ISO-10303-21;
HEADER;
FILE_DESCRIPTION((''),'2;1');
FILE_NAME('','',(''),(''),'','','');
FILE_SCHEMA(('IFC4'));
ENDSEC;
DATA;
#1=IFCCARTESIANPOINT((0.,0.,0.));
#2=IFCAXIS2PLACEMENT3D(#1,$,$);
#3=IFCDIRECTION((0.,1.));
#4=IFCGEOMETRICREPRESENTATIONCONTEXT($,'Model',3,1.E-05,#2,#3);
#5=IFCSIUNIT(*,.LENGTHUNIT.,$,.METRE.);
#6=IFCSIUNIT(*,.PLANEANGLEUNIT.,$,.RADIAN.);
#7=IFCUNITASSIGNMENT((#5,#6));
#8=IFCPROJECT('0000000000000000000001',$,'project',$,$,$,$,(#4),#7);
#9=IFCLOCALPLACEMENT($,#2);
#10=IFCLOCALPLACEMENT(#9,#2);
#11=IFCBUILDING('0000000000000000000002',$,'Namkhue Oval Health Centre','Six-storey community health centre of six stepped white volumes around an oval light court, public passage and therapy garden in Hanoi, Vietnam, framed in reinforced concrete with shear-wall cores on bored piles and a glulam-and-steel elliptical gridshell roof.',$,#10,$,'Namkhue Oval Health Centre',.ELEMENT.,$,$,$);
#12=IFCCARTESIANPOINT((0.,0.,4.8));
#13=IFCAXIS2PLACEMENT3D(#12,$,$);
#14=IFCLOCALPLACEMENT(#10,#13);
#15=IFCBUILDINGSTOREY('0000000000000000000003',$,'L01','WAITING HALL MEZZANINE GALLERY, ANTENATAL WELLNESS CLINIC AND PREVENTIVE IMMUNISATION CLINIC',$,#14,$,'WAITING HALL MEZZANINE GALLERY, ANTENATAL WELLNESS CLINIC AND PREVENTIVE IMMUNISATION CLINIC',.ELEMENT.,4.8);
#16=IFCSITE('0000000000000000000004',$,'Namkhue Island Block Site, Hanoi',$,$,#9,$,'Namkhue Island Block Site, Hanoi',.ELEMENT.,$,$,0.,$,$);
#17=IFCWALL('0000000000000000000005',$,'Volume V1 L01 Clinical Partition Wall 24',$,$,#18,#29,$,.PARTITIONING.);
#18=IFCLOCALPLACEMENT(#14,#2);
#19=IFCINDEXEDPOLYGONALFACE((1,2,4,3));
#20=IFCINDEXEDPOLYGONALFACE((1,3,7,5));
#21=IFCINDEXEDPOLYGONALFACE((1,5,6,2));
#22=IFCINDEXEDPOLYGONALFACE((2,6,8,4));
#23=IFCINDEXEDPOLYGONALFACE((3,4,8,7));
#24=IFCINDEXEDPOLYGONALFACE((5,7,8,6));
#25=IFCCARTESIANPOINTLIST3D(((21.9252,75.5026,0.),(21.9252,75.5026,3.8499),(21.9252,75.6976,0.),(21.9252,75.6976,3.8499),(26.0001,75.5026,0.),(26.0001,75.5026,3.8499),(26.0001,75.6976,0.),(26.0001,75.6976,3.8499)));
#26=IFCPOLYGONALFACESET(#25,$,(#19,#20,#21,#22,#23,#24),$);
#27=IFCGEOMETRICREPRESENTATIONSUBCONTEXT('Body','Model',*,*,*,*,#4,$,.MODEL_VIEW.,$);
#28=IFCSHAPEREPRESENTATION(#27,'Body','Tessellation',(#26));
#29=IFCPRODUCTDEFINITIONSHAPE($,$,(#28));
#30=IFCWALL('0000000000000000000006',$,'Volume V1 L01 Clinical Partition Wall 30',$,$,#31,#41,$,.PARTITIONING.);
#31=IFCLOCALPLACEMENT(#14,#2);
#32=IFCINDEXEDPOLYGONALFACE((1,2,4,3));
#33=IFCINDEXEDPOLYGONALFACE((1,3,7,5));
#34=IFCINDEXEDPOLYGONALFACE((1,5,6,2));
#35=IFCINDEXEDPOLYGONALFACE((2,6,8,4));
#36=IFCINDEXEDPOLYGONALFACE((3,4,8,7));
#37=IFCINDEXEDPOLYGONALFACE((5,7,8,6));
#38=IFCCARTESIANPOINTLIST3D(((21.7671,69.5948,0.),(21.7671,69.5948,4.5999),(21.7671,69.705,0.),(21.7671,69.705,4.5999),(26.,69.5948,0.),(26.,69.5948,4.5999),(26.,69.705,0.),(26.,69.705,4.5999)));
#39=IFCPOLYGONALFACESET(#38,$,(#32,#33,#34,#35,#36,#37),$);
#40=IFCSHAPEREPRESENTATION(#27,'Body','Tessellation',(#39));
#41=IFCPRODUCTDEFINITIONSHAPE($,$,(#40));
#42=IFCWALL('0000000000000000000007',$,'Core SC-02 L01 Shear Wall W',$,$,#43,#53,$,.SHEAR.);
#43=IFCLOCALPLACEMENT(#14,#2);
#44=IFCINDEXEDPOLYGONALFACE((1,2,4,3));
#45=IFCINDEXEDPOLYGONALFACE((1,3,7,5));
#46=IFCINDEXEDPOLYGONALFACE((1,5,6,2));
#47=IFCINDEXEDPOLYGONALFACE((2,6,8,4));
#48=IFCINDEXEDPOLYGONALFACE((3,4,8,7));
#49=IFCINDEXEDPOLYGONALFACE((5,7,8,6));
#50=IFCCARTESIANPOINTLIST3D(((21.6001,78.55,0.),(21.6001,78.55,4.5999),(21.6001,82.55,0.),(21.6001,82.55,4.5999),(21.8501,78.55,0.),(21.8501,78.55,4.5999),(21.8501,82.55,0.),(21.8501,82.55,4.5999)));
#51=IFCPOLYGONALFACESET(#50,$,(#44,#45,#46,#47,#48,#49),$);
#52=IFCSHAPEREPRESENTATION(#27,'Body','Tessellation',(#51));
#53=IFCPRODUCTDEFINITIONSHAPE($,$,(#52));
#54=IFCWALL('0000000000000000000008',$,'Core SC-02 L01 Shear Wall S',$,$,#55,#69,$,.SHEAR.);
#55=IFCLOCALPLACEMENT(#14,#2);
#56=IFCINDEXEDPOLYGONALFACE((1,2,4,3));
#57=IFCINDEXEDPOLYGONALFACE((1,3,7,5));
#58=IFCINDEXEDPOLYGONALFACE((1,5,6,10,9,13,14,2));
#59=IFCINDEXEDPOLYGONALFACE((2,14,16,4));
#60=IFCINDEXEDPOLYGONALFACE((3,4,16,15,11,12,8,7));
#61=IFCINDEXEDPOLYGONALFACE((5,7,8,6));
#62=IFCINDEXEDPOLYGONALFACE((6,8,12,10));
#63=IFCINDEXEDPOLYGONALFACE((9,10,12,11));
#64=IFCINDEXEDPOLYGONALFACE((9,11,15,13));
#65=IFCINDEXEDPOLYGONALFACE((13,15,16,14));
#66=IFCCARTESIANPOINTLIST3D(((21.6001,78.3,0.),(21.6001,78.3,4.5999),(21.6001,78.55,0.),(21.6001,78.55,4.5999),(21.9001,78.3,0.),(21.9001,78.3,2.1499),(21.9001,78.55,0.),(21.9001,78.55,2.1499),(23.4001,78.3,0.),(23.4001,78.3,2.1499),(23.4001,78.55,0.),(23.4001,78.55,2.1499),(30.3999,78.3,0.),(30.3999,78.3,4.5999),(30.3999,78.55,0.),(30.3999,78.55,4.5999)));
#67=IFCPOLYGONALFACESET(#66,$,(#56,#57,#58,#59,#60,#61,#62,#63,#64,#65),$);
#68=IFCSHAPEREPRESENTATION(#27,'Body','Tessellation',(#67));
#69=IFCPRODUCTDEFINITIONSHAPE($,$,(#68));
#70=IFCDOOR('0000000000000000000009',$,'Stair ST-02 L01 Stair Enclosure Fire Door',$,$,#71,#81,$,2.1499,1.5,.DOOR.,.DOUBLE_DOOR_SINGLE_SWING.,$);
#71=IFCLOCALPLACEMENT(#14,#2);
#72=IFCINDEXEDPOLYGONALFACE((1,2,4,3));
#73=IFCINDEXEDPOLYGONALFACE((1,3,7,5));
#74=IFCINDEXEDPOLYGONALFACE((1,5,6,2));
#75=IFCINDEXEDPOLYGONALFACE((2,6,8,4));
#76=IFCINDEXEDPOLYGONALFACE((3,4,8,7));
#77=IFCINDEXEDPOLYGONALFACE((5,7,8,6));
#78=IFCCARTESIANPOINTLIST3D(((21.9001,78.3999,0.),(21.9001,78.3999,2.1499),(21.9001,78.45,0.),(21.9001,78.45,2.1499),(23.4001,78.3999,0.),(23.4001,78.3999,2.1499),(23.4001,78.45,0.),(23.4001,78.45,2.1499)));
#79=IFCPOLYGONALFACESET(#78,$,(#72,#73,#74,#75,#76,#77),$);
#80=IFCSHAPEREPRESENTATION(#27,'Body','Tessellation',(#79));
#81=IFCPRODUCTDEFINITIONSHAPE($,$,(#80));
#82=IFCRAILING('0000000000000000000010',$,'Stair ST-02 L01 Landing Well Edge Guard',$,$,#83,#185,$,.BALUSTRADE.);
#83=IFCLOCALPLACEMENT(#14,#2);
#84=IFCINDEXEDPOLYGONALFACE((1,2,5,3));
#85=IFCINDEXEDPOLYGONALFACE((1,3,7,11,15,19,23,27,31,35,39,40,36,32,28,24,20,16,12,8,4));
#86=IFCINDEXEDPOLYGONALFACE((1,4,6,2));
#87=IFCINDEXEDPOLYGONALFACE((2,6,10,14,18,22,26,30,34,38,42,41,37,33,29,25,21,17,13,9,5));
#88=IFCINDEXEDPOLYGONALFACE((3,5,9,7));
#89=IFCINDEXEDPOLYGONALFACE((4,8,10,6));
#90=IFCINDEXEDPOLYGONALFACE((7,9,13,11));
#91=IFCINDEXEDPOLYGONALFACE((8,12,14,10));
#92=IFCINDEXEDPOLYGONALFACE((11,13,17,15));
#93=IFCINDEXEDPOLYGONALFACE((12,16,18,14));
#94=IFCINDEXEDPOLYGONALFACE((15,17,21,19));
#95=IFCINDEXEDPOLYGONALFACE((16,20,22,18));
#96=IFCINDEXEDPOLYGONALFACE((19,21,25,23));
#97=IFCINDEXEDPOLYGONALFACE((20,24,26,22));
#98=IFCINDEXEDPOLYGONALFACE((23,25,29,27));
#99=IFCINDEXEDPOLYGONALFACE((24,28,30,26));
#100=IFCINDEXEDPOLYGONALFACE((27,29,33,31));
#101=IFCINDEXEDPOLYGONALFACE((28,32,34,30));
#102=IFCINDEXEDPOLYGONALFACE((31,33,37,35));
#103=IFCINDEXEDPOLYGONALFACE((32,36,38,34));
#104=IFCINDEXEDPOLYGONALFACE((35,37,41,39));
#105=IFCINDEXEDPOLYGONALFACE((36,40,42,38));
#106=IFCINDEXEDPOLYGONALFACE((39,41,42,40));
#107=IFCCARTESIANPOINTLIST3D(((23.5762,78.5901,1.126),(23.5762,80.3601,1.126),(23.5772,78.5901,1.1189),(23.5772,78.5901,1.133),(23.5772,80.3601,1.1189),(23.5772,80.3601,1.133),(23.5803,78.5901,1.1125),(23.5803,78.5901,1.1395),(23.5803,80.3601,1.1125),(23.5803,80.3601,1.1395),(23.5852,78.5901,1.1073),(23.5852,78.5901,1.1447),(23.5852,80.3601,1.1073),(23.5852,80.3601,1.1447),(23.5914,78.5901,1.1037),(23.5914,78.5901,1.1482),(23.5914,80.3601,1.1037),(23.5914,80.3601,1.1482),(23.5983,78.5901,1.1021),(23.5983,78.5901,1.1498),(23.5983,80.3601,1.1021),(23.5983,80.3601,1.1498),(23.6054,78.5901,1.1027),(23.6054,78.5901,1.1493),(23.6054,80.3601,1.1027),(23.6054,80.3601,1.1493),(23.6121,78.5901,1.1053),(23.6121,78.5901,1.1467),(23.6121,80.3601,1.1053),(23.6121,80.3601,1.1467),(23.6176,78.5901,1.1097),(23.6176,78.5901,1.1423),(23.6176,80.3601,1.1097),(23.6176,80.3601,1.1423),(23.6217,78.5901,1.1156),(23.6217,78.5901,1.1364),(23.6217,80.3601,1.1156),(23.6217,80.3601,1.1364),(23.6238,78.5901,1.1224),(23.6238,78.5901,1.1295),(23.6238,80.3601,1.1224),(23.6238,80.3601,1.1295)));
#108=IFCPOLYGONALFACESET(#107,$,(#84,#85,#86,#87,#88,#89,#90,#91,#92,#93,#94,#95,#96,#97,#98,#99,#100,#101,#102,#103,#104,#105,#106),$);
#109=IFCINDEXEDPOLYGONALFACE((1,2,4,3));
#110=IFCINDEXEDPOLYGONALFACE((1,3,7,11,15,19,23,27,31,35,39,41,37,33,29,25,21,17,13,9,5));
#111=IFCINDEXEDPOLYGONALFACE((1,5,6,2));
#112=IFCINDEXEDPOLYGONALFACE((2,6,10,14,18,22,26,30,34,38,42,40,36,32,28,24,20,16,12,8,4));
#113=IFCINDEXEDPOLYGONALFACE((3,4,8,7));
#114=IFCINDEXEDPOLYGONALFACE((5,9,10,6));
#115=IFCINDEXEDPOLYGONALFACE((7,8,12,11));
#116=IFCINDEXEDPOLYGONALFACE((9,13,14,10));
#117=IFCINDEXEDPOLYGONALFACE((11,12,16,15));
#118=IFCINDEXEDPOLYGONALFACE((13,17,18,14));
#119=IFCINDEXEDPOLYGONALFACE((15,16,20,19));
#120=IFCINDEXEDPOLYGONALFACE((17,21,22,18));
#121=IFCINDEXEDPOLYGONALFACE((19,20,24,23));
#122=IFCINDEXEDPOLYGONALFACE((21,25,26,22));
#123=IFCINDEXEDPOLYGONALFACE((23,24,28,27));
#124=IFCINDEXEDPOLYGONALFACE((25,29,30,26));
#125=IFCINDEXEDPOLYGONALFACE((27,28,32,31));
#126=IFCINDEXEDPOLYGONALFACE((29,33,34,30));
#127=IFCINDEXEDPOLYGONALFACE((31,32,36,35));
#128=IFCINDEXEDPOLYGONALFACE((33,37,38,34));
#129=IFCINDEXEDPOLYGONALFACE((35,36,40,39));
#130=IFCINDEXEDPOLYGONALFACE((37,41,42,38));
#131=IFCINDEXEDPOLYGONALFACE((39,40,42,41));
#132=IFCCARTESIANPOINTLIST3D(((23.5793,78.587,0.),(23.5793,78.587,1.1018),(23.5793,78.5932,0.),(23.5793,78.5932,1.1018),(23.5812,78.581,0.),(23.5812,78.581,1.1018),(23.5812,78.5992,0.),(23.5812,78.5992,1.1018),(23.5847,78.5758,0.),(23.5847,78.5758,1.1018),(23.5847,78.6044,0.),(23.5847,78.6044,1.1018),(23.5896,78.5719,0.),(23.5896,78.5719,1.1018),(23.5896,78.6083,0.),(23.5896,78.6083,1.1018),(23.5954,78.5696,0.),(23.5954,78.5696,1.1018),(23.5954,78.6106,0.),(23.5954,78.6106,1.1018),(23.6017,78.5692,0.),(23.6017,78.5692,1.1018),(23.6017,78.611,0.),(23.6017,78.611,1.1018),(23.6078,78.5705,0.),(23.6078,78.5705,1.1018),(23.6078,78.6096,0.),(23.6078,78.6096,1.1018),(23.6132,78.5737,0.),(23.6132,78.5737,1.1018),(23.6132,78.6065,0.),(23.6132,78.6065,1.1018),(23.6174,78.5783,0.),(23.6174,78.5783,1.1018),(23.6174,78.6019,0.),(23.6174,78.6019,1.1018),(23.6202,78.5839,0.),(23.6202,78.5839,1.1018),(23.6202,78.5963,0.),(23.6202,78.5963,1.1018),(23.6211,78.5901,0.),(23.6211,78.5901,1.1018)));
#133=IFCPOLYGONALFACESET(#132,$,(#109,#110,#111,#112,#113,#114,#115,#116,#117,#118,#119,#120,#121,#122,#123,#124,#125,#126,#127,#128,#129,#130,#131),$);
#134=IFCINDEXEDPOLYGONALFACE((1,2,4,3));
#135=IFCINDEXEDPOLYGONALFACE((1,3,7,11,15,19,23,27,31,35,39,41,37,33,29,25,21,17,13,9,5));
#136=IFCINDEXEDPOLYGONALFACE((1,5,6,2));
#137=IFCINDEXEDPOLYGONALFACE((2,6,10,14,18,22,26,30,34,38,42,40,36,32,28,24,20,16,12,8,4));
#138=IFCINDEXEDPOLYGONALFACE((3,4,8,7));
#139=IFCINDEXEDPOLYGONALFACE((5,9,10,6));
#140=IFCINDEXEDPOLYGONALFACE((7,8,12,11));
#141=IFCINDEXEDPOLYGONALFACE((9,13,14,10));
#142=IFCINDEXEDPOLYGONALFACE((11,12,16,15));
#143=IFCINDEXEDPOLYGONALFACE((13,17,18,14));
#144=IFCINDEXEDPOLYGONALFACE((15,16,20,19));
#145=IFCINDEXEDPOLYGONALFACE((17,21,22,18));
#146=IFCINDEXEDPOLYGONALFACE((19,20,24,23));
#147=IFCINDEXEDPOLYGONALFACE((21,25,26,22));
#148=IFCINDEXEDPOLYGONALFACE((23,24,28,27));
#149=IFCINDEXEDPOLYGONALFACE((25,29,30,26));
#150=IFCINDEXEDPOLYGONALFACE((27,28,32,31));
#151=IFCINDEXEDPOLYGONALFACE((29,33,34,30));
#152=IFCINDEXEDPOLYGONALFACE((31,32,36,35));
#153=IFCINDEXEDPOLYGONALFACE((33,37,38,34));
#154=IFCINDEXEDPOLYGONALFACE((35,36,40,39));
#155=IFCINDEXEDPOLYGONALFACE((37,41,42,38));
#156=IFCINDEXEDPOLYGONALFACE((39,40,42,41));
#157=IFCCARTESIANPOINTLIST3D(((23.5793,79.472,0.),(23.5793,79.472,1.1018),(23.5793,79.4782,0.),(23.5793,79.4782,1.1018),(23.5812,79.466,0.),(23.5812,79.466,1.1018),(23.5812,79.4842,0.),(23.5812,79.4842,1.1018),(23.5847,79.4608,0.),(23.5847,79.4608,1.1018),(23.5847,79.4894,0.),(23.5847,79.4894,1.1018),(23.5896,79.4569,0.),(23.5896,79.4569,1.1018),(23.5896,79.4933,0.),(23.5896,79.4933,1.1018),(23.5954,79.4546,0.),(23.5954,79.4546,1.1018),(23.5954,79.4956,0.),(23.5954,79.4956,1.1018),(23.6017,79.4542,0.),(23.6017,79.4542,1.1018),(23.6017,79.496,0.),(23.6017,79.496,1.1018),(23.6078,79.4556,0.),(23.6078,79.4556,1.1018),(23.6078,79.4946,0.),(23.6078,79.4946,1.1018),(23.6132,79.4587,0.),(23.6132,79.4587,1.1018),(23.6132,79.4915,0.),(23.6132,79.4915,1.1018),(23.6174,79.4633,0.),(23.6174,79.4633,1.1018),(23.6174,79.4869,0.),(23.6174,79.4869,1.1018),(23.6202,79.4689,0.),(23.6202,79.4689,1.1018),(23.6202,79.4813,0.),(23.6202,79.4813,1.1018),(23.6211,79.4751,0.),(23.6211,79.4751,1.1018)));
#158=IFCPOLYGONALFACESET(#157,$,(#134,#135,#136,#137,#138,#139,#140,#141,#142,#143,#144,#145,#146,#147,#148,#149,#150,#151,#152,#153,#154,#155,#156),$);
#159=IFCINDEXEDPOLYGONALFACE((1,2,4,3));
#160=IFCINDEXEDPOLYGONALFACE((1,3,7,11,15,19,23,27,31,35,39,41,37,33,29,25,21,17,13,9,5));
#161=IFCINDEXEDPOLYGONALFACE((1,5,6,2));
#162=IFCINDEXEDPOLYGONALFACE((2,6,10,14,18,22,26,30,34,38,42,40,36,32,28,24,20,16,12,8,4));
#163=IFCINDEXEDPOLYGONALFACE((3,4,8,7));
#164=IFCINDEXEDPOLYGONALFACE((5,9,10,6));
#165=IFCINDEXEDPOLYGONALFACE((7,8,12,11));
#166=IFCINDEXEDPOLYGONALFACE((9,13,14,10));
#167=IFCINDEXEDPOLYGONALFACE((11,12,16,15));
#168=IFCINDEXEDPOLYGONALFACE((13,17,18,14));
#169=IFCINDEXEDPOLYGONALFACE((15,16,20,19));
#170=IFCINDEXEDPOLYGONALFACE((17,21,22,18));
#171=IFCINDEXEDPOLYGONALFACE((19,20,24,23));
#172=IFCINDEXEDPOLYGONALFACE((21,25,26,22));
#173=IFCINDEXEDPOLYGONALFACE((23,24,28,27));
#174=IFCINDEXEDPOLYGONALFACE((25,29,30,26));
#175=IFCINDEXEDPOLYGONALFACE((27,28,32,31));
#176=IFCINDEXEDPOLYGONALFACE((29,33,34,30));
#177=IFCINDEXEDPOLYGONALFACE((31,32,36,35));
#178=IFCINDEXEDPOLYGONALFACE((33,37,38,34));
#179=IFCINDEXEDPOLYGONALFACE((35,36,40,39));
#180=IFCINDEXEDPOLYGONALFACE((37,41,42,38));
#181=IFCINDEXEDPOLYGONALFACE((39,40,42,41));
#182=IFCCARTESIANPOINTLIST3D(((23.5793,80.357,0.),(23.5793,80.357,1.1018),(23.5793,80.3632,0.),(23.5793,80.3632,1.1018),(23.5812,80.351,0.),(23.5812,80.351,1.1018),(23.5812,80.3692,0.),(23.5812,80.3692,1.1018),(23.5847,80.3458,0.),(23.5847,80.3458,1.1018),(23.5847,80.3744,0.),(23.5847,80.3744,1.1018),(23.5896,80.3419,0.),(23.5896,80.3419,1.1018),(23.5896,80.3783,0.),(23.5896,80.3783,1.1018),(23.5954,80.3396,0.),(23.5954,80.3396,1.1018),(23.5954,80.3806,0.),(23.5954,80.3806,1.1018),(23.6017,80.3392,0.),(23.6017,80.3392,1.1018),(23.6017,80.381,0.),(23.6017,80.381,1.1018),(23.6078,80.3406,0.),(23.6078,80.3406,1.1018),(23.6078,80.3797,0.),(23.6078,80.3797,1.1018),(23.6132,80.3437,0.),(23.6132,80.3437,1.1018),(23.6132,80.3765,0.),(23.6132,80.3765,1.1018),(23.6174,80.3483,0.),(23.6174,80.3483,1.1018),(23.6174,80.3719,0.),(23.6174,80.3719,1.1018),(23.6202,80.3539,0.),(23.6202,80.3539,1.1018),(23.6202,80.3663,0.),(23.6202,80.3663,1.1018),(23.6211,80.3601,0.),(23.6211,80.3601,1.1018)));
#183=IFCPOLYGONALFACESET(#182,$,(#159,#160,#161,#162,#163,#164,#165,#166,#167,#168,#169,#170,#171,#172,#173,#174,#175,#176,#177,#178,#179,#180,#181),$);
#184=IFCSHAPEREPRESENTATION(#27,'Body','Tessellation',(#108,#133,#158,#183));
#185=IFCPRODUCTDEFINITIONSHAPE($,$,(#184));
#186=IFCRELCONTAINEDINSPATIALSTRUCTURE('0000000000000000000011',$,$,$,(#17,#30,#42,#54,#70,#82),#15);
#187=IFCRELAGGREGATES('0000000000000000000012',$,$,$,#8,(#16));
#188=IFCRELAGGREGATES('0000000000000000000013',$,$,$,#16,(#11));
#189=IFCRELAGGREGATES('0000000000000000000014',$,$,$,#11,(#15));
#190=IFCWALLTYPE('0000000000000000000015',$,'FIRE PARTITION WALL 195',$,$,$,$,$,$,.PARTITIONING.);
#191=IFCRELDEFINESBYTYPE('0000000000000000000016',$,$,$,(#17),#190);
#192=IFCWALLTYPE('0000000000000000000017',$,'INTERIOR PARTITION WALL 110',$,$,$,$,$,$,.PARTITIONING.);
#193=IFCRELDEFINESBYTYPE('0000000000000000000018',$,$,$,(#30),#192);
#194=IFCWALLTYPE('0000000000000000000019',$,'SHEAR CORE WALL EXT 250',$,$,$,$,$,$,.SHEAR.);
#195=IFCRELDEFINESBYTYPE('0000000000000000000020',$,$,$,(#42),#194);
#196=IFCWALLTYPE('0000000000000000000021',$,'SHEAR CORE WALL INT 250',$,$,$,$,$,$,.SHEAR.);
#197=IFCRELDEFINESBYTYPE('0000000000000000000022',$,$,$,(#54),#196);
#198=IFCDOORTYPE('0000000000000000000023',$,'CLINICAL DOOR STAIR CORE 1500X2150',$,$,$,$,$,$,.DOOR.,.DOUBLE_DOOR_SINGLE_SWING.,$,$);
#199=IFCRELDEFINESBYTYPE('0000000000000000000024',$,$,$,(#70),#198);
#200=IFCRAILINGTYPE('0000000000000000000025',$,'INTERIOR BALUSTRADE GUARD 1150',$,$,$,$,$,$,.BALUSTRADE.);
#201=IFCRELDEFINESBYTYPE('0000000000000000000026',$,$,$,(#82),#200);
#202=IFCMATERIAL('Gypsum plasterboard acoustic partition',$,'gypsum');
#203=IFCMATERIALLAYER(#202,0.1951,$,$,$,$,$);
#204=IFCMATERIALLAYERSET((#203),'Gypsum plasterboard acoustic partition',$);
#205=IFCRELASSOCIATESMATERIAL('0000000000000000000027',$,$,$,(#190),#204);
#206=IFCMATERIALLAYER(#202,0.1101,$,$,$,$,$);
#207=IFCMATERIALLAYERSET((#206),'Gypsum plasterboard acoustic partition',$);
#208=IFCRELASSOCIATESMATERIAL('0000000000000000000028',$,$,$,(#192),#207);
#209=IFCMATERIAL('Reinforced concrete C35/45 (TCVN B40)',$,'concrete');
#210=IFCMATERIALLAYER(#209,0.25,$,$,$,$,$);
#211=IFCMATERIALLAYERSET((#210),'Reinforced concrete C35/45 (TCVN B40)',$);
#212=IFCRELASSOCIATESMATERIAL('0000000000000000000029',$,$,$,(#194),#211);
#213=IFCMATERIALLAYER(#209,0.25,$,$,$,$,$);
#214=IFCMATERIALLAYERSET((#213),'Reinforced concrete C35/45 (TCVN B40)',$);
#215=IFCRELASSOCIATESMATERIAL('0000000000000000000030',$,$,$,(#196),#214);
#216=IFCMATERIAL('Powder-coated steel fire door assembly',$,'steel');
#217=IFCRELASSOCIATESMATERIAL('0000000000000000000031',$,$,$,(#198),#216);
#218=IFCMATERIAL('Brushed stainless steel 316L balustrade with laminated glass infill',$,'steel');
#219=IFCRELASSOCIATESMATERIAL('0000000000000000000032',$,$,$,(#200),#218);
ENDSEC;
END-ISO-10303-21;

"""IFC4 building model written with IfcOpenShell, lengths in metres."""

from ifc_helpers import new_model, si_unit, direction, frame, frame_2d, origin, origin_2d, place, context, subcontext, project, spatial, rectangle, circle, extrude, material, layer, layer_set, type_object, element, fill, save


model = new_model("IFC4")

# Units and contexts
model_context = context("Model", 3, precision=1e-05, world=origin(), true_north=direction((0.0, 1.0)))
body_context = subcontext(model_context, "Body", "Model", "MODEL_VIEW")
ifc_project = project(units=[si_unit("LENGTHUNIT", "METRE"), si_unit("PLANEANGLEUNIT", "RADIAN")], contexts=[model_context])

# Site, building, storey
site_placement = place(None, origin())
site = spatial("IfcSite", under=ifc_project, at=site_placement, Name="Namkhue Island Block Site, Hanoi", LongName="Namkhue Island Block Site, Hanoi", CompositionType="ELEMENT", RefElevation=0.0)
building_placement = place(site_placement, origin())
building = spatial("IfcBuilding", under=site, at=building_placement, Name="Namkhue Oval Health Centre", Description="Six-storey community health centre of six stepped white volumes around an oval light court, public passage and therapy garden in Hanoi, Vietnam, framed in reinforced concrete with shear-wall cores on bored piles and a glulam-and-steel elliptical gridshell roof.", LongName="Namkhue Oval Health Centre", CompositionType="ELEMENT")
storey_placement = place(building_placement, frame((0.0, 0.0, 4.8)))
storey = spatial("IfcBuildingStorey", under=building, at=storey_placement, Name="L01", Description="WAITING HALL MEZZANINE GALLERY, ANTENATAL WELLNESS CLINIC AND PREVENTIVE IMMUNISATION CLINIC", LongName="WAITING HALL MEZZANINE GALLERY, ANTENATAL WELLNESS CLINIC AND PREVENTIVE IMMUNISATION CLINIC", CompositionType="ELEMENT", Elevation=4.8)

# Shared definitions
ifc_material_1 = material(Name="Reinforced concrete C35/45 (TCVN B40)", Category="concrete")

# Walls
ifc_material_2 = material(Name="Gypsum plasterboard acoustic partition", Category="gypsum")
ifc_layer_1 = layer(ifc_material_2, 0.1951)
ifc_layer_set_1 = layer_set([ifc_layer_1], Name="Gypsum plasterboard acoustic partition")
wall_type_1 = type_object("IfcWallType", Name="FIRE PARTITION WALL 195", PredefinedType="PARTITIONING", material=ifc_layer_set_1)
wall_1_placement = place(storey_placement, frame((21.925, 75.6001, 0.0), z_axis=(0.0, 0.0, 1.0), x_axis=(1.0, 0.0, 0.0)))
element("IfcWall", 1, at=wall_1_placement, inside=storey, type_object=wall_type_1, Name="Volume V1 L01 Clinical Partition Wall 24", PredefinedType="PARTITIONING", context=body_context, shape_type="SweptSolid", body=[
    extrude(rectangle(XDim=4.075, YDim=0.1951, at=frame_2d((2.0376, 0.0))), origin(), (0.0, 0.0, 1.0), 3.8499),
])
ifc_layer_2 = layer(ifc_material_2, 0.1101)
ifc_layer_set_2 = layer_set([ifc_layer_2], Name="Gypsum plasterboard acoustic partition")
wall_type_2 = type_object("IfcWallType", Name="INTERIOR PARTITION WALL 110", PredefinedType="PARTITIONING", material=ifc_layer_set_2)
wall_2_placement = place(storey_placement, frame((21.7671, 69.6499, 0.0), z_axis=(0.0, 0.0, 1.0), x_axis=(1.0, 0.0, 0.0)))
element("IfcWall", 2, at=wall_2_placement, inside=storey, type_object=wall_type_2, Name="Volume V1 L01 Clinical Partition Wall 30", PredefinedType="PARTITIONING", context=body_context, shape_type="SweptSolid", body=[
    extrude(rectangle(XDim=4.2329, YDim=0.1101, at=frame_2d((2.1165, 0.0))), origin(), (0.0, 0.0, 1.0), 4.5999),
])
ifc_layer_3 = layer(ifc_material_1, 0.25)
ifc_layer_set_3 = layer_set([ifc_layer_3], Name="Reinforced concrete C35/45 (TCVN B40)")
wall_type_3 = type_object("IfcWallType", Name="SHEAR CORE WALL EXT 250", PredefinedType="SHEAR", material=ifc_layer_set_3)
wall_3_placement = place(storey_placement, frame((21.7251, 82.55, 0.0), z_axis=(0.0, 0.0, 1.0), x_axis=(0.0, -1.0, 0.0)))
element("IfcWall", 3, at=wall_3_placement, inside=storey, type_object=wall_type_3, Name="Core SC-02 L01 Shear Wall W", PredefinedType="SHEAR", context=body_context, shape_type="SweptSolid", body=[
    extrude(rectangle(XDim=4.0, YDim=0.25, at=frame_2d((2.0, 0.0))), origin(), (0.0, 0.0, 1.0), 4.5999),
])

# Wall, opening, door
ifc_layer_4 = layer(ifc_material_1, 0.25)
ifc_layer_set_4 = layer_set([ifc_layer_4], Name="Reinforced concrete C35/45 (TCVN B40)")
wall_type_4 = type_object("IfcWallType", Name="SHEAR CORE WALL INT 250", PredefinedType="SHEAR", material=ifc_layer_set_4)
wall_4_placement = place(storey_placement, frame((21.6001, 78.425, 0.0), z_axis=(0.0, 0.0, 1.0), x_axis=(1.0, 0.0, 0.0)))
wall_4 = element("IfcWall", 4, at=wall_4_placement, inside=storey, type_object=wall_type_4, Name="Core SC-02 L01 Shear Wall S", PredefinedType="SHEAR", context=body_context, shape_type="SweptSolid", body=[
    extrude(rectangle(XDim=8.7998, YDim=0.25, at=frame_2d((4.3999, 0.0))), origin(), (0.0, 0.0, 1.0), 4.5999),
])
opening_1_placement = place(wall_4_placement, frame((0.3, 0.0, 0.0)))
opening_1 = element("IfcOpeningElement", 5, at=opening_1_placement, cuts=wall_4, PredefinedType="OPENING", context=body_context, shape_type="SweptSolid", body=[
    extrude(rectangle(XDim=1.5, YDim=2.1499, at=frame_2d((0.75, 1.075))), frame((0.0, 0.135, 0.0), z_axis=(0.0, -1.0, 0.0), x_axis=(1.0, 0.0, 0.0)), (0.0, 0.0, 1.0), 0.27),
])
ifc_material_3 = material(Name="Powder-coated steel fire door assembly", Category="steel")
door_type = type_object("IfcDoorType", Name="CLINICAL DOOR STAIR CORE 1500X2150", OperationType="DOUBLE_DOOR_SINGLE_SWING", PredefinedType="DOOR", material=ifc_material_3)
door_placement = place(opening_1_placement, origin())
door = element("IfcDoor", 6, at=door_placement, inside=storey, type_object=door_type, Name="Stair ST-02 L01 Stair Enclosure Fire Door", OperationType="DOUBLE_DOOR_SINGLE_SWING", OverallHeight=2.1499, OverallWidth=1.5, PredefinedType="DOOR", context=body_context, shape_type="SweptSolid", body=[
    extrude(rectangle(XDim=1.5, YDim=2.1499, at=frame_2d((0.75, 1.075))), frame((0.0, 0.0249, 0.0), z_axis=(0.0, -1.0, 0.0), x_axis=(1.0, 0.0, 0.0)), (0.0, 0.0, 1.0), 0.05),
])
fill(opening_1, door)

# Railing
ifc_material_4 = material(Name="Brushed stainless steel 316L balustrade with laminated glass infill", Category="steel")
railing_type_1 = type_object("IfcRailingType", Name="INTERIOR BALUSTRADE GUARD 1150", PredefinedType="BALUSTRADE", material=ifc_material_4)
railing_1_placement = place(storey_placement, frame((23.6001, 78.5901, 0.0)))
element("IfcRailing", 7, at=railing_1_placement, inside=storey, type_object=railing_type_1, Name="Stair ST-02 L01 Landing Well Edge Guard", PredefinedType="BALUSTRADE", context=body_context, shape_type="SweptSolid", body=[
    extrude(circle(Radius=0.0239, at=origin_2d()), frame((0.0, 0.0, 1.126), z_axis=(0.0, 1.0, 0.0), x_axis=(-1.0, 0.0, 0.0)), (0.0, 0.0, 1.0), 1.77),
    extrude(circle(Radius=0.021, at=origin_2d()), origin(), (0.0, 0.0, 1.0), 1.1018),
    extrude(circle(Radius=0.021, at=origin_2d()), frame((0.0, 0.885, 0.0)), (0.0, 0.0, 1.0), 1.1018),
    extrude(circle(Radius=0.021, at=origin_2d()), frame((0.0, 1.77, 0.0)), (0.0, 0.0, 1.0), 1.1018),
])

save(model, "model.ifc")
